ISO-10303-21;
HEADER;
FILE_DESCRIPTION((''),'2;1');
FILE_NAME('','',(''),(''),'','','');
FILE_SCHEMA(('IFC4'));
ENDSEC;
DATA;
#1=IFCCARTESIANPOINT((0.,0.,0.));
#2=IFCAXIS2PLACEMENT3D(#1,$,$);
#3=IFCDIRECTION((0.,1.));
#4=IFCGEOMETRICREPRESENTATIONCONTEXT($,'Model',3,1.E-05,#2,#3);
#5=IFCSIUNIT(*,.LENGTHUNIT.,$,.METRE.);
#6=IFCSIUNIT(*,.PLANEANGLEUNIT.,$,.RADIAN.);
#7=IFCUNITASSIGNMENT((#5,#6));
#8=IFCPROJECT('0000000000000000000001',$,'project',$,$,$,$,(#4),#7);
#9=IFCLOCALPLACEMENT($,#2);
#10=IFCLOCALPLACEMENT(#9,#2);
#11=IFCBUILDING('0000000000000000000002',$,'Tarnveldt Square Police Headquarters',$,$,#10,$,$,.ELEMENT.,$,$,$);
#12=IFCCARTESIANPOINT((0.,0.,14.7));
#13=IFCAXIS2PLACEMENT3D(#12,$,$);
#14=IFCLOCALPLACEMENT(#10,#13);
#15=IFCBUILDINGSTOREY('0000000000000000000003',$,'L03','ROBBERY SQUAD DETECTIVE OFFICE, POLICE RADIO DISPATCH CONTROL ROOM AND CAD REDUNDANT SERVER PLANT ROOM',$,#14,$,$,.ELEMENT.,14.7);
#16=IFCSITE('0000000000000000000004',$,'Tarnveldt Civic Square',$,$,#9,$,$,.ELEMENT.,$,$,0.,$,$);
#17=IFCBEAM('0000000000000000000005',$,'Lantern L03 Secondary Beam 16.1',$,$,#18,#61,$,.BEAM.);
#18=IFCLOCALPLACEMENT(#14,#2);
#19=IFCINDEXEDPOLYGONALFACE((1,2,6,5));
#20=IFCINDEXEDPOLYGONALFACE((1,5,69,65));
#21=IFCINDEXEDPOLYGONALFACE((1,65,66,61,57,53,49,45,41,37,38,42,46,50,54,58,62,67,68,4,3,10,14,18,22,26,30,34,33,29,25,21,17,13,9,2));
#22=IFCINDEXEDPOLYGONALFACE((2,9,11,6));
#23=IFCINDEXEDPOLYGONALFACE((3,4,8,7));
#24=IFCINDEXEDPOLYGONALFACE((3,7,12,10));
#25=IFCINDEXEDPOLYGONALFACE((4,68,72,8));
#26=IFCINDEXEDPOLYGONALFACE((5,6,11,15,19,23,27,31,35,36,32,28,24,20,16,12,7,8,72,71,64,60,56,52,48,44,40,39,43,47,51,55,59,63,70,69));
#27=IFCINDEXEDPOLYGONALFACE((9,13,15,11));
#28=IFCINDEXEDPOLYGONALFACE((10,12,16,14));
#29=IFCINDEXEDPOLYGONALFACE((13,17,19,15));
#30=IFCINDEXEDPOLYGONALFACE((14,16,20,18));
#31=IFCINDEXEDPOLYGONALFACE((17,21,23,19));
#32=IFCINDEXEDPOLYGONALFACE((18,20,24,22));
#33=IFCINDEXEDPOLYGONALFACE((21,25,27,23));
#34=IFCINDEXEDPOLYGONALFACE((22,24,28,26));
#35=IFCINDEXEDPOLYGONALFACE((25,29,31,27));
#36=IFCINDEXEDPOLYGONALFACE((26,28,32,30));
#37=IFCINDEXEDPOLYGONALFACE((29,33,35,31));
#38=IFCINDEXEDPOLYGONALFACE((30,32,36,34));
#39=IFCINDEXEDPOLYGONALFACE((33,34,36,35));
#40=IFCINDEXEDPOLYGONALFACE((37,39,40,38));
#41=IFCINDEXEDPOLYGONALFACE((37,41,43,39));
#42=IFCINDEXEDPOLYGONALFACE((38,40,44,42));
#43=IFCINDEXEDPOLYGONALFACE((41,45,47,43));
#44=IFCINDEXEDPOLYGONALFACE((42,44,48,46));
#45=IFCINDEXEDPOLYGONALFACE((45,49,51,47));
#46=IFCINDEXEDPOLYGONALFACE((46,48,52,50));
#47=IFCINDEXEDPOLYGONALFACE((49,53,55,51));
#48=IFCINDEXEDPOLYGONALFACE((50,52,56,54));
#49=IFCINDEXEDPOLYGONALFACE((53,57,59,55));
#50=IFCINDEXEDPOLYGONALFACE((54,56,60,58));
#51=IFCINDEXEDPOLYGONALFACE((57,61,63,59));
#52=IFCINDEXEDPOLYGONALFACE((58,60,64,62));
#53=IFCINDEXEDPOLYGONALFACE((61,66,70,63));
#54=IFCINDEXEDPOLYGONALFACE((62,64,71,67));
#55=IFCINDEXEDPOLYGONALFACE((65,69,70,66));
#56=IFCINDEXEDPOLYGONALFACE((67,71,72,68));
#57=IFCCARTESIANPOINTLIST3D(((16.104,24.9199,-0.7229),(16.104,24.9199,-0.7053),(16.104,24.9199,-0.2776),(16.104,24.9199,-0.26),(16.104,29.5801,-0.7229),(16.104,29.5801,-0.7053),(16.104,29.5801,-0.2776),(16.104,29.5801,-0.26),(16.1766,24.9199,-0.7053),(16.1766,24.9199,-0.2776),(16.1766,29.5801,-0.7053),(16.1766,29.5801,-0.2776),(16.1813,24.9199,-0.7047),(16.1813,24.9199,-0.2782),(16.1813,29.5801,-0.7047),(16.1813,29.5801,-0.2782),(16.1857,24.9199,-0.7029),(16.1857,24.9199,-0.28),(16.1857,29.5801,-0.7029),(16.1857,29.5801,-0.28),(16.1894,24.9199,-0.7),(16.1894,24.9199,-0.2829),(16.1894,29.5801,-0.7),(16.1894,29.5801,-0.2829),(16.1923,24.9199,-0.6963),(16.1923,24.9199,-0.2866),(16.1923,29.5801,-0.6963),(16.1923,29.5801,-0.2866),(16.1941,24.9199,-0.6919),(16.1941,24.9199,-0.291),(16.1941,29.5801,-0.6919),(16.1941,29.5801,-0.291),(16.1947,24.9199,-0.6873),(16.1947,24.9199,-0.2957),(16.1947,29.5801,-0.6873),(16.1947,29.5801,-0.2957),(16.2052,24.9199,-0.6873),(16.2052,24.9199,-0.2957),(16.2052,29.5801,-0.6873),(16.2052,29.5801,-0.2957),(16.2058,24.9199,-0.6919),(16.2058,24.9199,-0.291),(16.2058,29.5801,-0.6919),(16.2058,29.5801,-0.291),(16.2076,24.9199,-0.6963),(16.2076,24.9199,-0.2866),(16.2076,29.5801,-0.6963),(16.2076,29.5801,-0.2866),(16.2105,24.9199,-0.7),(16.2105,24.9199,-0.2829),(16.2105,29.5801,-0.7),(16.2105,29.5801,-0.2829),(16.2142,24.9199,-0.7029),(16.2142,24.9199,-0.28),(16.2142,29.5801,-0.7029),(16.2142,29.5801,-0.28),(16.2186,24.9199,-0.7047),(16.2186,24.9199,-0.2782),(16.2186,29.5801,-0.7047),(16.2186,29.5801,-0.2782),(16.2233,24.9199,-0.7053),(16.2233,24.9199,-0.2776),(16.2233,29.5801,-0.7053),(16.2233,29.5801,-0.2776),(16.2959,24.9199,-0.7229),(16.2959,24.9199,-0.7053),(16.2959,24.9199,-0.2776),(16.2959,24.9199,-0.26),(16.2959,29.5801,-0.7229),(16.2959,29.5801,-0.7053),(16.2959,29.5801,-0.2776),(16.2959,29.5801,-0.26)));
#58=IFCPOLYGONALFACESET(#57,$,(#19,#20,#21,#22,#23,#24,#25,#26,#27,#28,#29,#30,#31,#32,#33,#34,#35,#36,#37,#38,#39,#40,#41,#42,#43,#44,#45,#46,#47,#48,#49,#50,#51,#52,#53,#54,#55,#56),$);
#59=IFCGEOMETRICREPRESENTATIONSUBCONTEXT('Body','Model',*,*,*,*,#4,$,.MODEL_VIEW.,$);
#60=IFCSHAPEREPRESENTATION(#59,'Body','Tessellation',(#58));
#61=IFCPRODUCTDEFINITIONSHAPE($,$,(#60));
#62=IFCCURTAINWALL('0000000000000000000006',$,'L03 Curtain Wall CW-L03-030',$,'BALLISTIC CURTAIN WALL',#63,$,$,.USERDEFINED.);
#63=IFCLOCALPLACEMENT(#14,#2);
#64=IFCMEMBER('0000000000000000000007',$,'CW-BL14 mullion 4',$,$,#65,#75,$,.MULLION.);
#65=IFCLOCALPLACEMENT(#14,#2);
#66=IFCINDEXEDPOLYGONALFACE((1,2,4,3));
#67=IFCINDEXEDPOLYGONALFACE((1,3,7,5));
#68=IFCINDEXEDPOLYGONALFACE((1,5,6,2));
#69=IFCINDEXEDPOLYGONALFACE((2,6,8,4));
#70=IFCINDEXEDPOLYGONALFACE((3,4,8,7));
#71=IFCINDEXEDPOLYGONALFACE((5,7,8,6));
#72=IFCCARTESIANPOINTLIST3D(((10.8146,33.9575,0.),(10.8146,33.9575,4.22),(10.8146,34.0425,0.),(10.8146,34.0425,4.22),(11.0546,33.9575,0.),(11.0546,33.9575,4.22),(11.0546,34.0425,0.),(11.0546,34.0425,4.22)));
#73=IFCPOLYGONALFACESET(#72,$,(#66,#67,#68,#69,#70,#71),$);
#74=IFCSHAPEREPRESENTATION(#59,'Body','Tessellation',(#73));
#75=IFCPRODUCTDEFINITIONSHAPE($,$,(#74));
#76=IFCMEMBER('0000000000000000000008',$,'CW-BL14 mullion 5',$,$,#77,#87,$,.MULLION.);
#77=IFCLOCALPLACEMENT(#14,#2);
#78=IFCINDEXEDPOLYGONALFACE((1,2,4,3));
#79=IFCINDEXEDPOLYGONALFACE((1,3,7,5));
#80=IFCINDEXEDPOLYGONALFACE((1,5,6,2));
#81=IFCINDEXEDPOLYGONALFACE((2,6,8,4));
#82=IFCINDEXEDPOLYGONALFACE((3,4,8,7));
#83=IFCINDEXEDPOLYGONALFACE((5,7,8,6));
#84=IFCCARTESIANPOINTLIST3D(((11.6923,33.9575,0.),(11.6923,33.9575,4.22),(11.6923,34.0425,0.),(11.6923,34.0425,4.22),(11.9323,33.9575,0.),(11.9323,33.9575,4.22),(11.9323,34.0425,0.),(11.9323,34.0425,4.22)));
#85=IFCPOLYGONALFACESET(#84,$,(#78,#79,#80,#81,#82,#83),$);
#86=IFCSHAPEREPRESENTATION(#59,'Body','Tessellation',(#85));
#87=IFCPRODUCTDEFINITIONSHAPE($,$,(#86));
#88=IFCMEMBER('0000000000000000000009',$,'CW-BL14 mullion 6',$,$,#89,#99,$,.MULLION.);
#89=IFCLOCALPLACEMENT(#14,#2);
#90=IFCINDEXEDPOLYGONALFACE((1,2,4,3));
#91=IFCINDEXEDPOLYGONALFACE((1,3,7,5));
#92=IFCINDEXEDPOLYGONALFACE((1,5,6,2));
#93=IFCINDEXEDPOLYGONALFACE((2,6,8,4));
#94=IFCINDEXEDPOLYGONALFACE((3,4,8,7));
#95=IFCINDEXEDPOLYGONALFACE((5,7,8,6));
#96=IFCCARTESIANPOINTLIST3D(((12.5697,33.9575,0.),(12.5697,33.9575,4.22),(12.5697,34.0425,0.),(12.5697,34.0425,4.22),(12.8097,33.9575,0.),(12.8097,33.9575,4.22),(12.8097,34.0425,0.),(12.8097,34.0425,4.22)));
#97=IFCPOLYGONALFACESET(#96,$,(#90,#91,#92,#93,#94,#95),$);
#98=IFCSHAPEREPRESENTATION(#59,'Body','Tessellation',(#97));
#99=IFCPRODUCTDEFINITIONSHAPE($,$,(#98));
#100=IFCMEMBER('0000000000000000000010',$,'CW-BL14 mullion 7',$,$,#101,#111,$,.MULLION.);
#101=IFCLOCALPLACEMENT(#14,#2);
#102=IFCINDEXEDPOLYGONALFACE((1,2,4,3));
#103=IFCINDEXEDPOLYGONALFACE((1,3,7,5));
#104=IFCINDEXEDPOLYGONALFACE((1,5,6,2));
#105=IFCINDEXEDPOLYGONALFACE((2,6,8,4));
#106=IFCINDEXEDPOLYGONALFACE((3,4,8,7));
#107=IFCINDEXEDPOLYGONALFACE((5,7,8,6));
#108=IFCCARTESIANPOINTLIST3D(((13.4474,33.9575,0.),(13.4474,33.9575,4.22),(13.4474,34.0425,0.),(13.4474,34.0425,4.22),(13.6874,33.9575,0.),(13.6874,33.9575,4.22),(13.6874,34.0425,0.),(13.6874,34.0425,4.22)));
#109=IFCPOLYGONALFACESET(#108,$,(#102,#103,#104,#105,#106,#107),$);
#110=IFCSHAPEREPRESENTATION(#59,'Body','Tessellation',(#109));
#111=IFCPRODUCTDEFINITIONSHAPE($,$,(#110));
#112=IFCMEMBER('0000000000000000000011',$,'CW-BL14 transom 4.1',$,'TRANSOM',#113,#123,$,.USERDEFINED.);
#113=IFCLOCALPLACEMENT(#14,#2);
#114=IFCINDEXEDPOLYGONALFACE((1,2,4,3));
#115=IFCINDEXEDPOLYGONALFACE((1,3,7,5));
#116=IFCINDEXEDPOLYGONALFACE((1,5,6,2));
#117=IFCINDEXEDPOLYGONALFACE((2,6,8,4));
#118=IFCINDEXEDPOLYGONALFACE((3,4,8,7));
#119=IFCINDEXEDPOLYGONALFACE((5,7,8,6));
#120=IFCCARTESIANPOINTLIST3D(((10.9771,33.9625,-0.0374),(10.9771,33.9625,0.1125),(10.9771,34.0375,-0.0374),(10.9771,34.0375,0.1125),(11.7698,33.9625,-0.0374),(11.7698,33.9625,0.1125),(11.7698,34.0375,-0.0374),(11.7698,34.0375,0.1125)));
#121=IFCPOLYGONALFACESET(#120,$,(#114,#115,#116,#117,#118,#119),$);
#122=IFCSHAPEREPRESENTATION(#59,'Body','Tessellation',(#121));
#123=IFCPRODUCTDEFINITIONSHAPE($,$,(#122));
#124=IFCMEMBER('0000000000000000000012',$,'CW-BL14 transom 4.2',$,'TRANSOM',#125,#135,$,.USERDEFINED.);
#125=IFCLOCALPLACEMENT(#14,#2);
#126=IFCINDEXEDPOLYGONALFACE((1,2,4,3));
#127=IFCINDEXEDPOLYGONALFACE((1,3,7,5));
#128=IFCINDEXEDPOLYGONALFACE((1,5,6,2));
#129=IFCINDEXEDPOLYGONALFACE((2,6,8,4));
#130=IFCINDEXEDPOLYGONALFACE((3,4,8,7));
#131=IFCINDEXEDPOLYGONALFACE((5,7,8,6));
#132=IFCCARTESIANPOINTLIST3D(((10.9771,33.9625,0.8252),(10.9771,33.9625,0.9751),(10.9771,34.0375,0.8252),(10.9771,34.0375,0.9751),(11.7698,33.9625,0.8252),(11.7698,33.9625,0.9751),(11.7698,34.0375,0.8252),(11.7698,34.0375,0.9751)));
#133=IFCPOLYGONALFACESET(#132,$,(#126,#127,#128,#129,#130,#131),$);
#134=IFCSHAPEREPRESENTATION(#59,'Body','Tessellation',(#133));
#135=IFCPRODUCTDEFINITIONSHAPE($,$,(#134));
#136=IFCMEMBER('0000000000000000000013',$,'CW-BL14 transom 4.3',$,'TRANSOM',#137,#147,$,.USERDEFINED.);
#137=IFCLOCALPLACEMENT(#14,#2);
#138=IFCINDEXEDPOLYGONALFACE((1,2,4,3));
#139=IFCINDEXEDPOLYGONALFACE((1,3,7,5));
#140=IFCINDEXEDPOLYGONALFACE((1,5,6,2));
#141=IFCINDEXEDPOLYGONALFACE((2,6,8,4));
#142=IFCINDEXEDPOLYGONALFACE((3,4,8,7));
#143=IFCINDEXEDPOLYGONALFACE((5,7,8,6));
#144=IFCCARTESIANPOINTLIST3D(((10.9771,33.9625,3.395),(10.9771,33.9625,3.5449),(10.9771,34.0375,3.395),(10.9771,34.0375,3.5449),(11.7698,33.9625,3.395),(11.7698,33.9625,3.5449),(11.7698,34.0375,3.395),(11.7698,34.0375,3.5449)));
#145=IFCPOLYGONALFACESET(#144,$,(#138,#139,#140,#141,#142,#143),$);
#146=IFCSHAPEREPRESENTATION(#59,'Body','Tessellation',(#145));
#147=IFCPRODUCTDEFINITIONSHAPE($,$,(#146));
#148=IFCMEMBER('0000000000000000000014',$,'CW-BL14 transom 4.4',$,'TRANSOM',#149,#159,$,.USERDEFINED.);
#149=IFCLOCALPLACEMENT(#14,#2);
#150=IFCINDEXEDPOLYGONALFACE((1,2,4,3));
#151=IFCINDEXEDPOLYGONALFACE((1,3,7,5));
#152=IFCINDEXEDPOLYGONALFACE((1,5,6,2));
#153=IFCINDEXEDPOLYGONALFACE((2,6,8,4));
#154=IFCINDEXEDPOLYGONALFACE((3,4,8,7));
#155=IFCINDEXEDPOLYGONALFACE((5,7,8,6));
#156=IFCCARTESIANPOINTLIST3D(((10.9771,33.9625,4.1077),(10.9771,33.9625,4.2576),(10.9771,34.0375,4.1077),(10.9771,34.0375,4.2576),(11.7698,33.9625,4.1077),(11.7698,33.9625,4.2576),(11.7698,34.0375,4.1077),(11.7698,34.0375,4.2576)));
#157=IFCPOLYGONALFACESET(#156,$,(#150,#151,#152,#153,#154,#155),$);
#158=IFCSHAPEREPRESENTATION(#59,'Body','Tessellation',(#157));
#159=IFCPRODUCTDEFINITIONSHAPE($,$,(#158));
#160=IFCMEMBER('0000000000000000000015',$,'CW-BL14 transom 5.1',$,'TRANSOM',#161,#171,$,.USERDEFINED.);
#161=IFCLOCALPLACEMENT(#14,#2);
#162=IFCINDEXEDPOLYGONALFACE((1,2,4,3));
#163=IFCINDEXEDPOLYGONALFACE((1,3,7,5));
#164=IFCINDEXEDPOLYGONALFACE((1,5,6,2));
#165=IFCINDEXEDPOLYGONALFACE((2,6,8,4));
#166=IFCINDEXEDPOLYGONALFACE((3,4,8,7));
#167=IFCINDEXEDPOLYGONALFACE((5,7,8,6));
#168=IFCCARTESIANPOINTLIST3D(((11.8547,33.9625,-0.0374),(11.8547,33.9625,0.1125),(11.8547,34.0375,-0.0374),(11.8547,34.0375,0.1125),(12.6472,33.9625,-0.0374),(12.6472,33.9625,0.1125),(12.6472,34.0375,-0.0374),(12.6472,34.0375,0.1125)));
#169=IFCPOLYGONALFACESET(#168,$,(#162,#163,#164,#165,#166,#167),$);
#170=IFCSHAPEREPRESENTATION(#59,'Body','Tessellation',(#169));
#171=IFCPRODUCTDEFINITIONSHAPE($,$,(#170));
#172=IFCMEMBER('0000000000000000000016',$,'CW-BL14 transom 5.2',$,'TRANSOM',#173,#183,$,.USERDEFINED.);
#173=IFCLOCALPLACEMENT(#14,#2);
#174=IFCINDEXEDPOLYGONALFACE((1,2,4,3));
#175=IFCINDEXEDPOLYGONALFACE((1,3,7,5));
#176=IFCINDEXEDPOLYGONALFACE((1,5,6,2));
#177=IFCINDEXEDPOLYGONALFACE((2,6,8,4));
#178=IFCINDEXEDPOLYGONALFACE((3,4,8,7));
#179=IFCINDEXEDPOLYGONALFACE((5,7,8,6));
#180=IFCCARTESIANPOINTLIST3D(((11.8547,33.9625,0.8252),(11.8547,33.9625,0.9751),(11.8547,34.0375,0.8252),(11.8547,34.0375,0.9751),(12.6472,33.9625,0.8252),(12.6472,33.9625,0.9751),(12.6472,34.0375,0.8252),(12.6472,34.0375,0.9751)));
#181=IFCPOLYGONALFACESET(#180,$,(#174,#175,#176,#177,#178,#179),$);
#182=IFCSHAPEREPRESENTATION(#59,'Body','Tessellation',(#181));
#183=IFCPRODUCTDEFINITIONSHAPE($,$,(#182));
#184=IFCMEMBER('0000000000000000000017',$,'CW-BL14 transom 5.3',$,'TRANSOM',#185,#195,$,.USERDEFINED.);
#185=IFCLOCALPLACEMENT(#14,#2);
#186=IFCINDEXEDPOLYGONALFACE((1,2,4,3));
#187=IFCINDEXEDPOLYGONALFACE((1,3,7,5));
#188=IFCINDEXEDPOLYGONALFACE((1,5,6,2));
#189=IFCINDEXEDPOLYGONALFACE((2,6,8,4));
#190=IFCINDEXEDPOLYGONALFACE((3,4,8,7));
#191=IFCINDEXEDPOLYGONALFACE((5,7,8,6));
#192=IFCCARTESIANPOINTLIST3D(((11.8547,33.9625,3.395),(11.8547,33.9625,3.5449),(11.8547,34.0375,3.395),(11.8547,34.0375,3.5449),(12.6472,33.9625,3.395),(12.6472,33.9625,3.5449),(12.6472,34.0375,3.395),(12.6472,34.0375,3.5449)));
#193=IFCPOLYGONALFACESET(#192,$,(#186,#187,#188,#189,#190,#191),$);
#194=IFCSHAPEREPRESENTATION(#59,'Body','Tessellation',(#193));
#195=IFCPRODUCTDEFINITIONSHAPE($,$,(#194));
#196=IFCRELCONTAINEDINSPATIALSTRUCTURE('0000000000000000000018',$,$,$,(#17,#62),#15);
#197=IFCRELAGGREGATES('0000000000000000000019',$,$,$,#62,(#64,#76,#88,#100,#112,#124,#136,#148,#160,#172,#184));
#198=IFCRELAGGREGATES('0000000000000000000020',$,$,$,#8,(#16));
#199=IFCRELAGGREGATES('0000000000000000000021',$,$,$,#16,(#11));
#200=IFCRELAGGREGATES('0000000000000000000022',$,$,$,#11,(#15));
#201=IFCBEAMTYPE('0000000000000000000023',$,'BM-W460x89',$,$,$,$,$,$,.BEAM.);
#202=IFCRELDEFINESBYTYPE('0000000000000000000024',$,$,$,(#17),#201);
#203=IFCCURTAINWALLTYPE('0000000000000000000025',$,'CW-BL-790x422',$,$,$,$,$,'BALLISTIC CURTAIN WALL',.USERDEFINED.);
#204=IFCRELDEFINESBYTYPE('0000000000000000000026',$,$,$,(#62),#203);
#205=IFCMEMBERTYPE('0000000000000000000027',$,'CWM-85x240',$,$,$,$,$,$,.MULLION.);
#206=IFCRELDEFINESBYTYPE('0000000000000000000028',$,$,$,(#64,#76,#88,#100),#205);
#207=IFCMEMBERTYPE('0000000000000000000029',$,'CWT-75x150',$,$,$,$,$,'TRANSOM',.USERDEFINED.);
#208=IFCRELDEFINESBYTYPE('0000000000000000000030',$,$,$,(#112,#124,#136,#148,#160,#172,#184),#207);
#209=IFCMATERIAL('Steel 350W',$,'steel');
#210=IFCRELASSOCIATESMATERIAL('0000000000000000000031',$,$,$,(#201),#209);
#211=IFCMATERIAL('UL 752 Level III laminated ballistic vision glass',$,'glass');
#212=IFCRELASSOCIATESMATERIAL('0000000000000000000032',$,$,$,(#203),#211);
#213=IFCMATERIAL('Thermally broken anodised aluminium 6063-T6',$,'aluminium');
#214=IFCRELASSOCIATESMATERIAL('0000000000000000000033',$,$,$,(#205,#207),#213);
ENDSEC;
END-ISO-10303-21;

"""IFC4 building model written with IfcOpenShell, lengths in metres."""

from ifc_helpers import new_model, si_unit, direction, frame, origin, origin_2d, place, context, subcontext, project, spatial, rectangle, i_section, extrude, material, material_profile, profile_set, type_object, element, aggregate, save


model = new_model("IFC4")

# Units and contexts
model_context = context("Model", 3, precision=1e-05, world=origin(), true_north=direction((0.0, 1.0)))
body_context = subcontext(model_context, "Body", "Model", "MODEL_VIEW")
ifc_project = project(units=[si_unit("LENGTHUNIT", "METRE"), si_unit("PLANEANGLEUNIT", "RADIAN")], contexts=[model_context])

# Site, building, storey
site_placement = place(None, origin())
site = spatial("IfcSite", under=ifc_project, at=site_placement, Name="Tarnveldt Civic Square", CompositionType="ELEMENT", RefElevation=0.0)
building_placement = place(site_placement, origin())
building = spatial("IfcBuilding", under=site, at=building_placement, Name="Tarnveldt Square Police Headquarters", CompositionType="ELEMENT")
storey_placement = place(building_placement, frame((0.0, 0.0, 14.7)))
storey = spatial("IfcBuildingStorey", under=building, at=storey_placement, Name="L03", Description="ROBBERY SQUAD DETECTIVE OFFICE, POLICE RADIO DISPATCH CONTROL ROOM AND CAD REDUNDANT SERVER PLANT ROOM", CompositionType="ELEMENT", Elevation=14.7)

# Beam
ifc_material_1 = material(Name="Steel 350W", Category="steel")
ifc_material_profile_1 = material_profile(ifc_material_1, i_section(OverallWidth=0.1919, OverallDepth=0.4629, WebThickness=0.0105, FlangeThickness=0.0176, FilletRadius=0.0181, at=origin_2d()), Name="W460x89")
ifc_profile_set_1 = profile_set([ifc_material_profile_1], Name="Steel 350W")
beam_type = type_object("IfcBeamType", Name="BM-W460x89", PredefinedType="BEAM", material=ifc_profile_set_1)
beam_placement = place(storey_placement, frame((16.2, 29.5801, -0.4915), z_axis=(0.0, -1.0, 0.0), x_axis=(1.0, 0.0, 0.0)))
element("IfcBeam", 1, at=beam_placement, inside=storey, type_object=beam_type, Name="Lantern L03 Secondary Beam 16.1", PredefinedType="BEAM", context=body_context, shape_type="SweptSolid", body=[
    extrude(i_section(OverallWidth=0.1919, OverallDepth=0.4629, WebThickness=0.0105, FlangeThickness=0.0176, FilletRadius=0.0181, at=origin_2d()), origin(), (0.0, 0.0, 1.0), 4.6602),
])

# Curtain wall, members
ifc_material_2 = material(Name="UL 752 Level III laminated ballistic vision glass", Category="glass")
curtain_wall_type = type_object("IfcCurtainWallType", Name="CW-BL-790x422", ElementType="BALLISTIC CURTAIN WALL", PredefinedType="USERDEFINED", material=ifc_material_2)
curtain_wall_placement = place(storey_placement, origin())
curtain_wall = element("IfcCurtainWall", 2, at=curtain_wall_placement, inside=storey, type_object=curtain_wall_type, Name="L03 Curtain Wall CW-L03-030", ObjectType="BALLISTIC CURTAIN WALL", PredefinedType="USERDEFINED")
ifc_material_3 = material(Name="Thermally broken anodised aluminium 6063-T6", Category="aluminium")
ifc_material_profile_2 = material_profile(ifc_material_3, rectangle(XDim=0.085, YDim=0.24, at=origin_2d()), Name="CW-M85x240")
ifc_profile_set_2 = profile_set([ifc_material_profile_2], Name="Thermally broken anodised aluminium 6063-T6")
member_type_1 = type_object("IfcMemberType", Name="CWM-85x240", PredefinedType="MULLION", material=ifc_profile_set_2)
member_1_placement = place(storey_placement, frame((10.9346, 34.0, 0.0), z_axis=(0.0, 0.0, 1.0), x_axis=(0.0, 1.0, 0.0)))
member_1 = element("IfcMember", 3, at=member_1_placement, type_object=member_type_1, Name="CW-BL14 mullion 4", PredefinedType="MULLION", context=body_context, shape_type="SweptSolid", body=[
    extrude(rectangle(XDim=0.085, YDim=0.24, at=origin_2d()), origin(), (0.0, 0.0, 1.0), 4.22),
])
member_2_placement = place(storey_placement, frame((11.8123, 34.0, 0.0), z_axis=(0.0, 0.0, 1.0), x_axis=(0.0, 1.0, 0.0)))
member_2 = element("IfcMember", 4, at=member_2_placement, type_object=member_type_1, Name="CW-BL14 mullion 5", PredefinedType="MULLION", context=body_context, shape_type="SweptSolid", body=[
    extrude(rectangle(XDim=0.085, YDim=0.24, at=origin_2d()), origin(), (0.0, 0.0, 1.0), 4.22),
])
member_3_placement = place(storey_placement, frame((12.6897, 34.0, 0.0), z_axis=(0.0, 0.0, 1.0), x_axis=(0.0, 1.0, 0.0)))
member_3 = element("IfcMember", 5, at=member_3_placement, type_object=member_type_1, Name="CW-BL14 mullion 6", PredefinedType="MULLION", context=body_context, shape_type="SweptSolid", body=[
    extrude(rectangle(XDim=0.085, YDim=0.24, at=origin_2d()), origin(), (0.0, 0.0, 1.0), 4.22),
])
member_4_placement = place(storey_placement, frame((13.5674, 34.0, 0.0), z_axis=(0.0, 0.0, 1.0), x_axis=(0.0, 1.0, 0.0)))
member_4 = element("IfcMember", 6, at=member_4_placement, type_object=member_type_1, Name="CW-BL14 mullion 7", PredefinedType="MULLION", context=body_context, shape_type="SweptSolid", body=[
    extrude(rectangle(XDim=0.085, YDim=0.24, at=origin_2d()), origin(), (0.0, 0.0, 1.0), 4.22),
])
ifc_material_profile_3 = material_profile(ifc_material_3, rectangle(XDim=0.075, YDim=0.1499, at=origin_2d()), Name="CW-T75x150")
ifc_profile_set_3 = profile_set([ifc_material_profile_3], Name="Thermally broken anodised aluminium 6063-T6")
member_type_2 = type_object("IfcMemberType", Name="CWT-75x150", ElementType="TRANSOM", PredefinedType="USERDEFINED", material=ifc_profile_set_3)
member_5_placement = place(storey_placement, frame((10.9771, 34.0, 0.0376), z_axis=(1.0, 0.0, 0.0), x_axis=(0.0, 1.0, 0.0)))
member_5 = element("IfcMember", 7, at=member_5_placement, type_object=member_type_2, Name="CW-BL14 transom 4.1", ObjectType="TRANSOM", PredefinedType="USERDEFINED", context=body_context, shape_type="SweptSolid", body=[
    extrude(rectangle(XDim=0.075, YDim=0.1499, at=origin_2d()), origin(), (0.0, 0.0, 1.0), 0.7927),
])
member_6_placement = place(storey_placement, frame((10.9771, 34.0, 0.9001), z_axis=(1.0, 0.0, 0.0), x_axis=(0.0, 1.0, 0.0)))
member_6 = element("IfcMember", 8, at=member_6_placement, type_object=member_type_2, Name="CW-BL14 transom 4.2", ObjectType="TRANSOM", PredefinedType="USERDEFINED", context=body_context, shape_type="SweptSolid", body=[
    extrude(rectangle(XDim=0.075, YDim=0.1499, at=origin_2d()), origin(), (0.0, 0.0, 1.0), 0.7927),
])
member_7_placement = place(storey_placement, frame((10.9771, 34.0, 3.47), z_axis=(1.0, 0.0, 0.0), x_axis=(0.0, 1.0, 0.0)))
member_7 = element("IfcMember", 9, at=member_7_placement, type_object=member_type_2, Name="CW-BL14 transom 4.3", ObjectType="TRANSOM", PredefinedType="USERDEFINED", context=body_context, shape_type="SweptSolid", body=[
    extrude(rectangle(XDim=0.075, YDim=0.1499, at=origin_2d()), origin(), (0.0, 0.0, 1.0), 0.7927),
])
member_8_placement = place(storey_placement, frame((10.9771, 34.0, 4.1826), z_axis=(1.0, 0.0, 0.0), x_axis=(0.0, 1.0, 0.0)))
member_8 = element("IfcMember", 10, at=member_8_placement, type_object=member_type_2, Name="CW-BL14 transom 4.4", ObjectType="TRANSOM", PredefinedType="USERDEFINED", context=body_context, shape_type="SweptSolid", body=[
    extrude(rectangle(XDim=0.075, YDim=0.1499, at=origin_2d()), origin(), (0.0, 0.0, 1.0), 0.7927),
])
member_9_placement = place(storey_placement, frame((11.8547, 34.0, 0.0376), z_axis=(1.0, 0.0, 0.0), x_axis=(0.0, 1.0, 0.0)))
member_9 = element("IfcMember", 11, at=member_9_placement, type_object=member_type_2, Name="CW-BL14 transom 5.1", ObjectType="TRANSOM", PredefinedType="USERDEFINED", context=body_context, shape_type="SweptSolid", body=[
    extrude(rectangle(XDim=0.075, YDim=0.1499, at=origin_2d()), origin(), (0.0, 0.0, 1.0), 0.7925),
])
member_10_placement = place(storey_placement, frame((11.8547, 34.0, 0.9001), z_axis=(1.0, 0.0, 0.0), x_axis=(0.0, 1.0, 0.0)))
member_10 = element("IfcMember", 12, at=member_10_placement, type_object=member_type_2, Name="CW-BL14 transom 5.2", ObjectType="TRANSOM", PredefinedType="USERDEFINED", context=body_context, shape_type="SweptSolid", body=[
    extrude(rectangle(XDim=0.075, YDim=0.1499, at=origin_2d()), origin(), (0.0, 0.0, 1.0), 0.7925),
])
member_11_placement = place(storey_placement, frame((11.8547, 34.0, 3.47), z_axis=(1.0, 0.0, 0.0), x_axis=(0.0, 1.0, 0.0)))
member_11 = element("IfcMember", 13, at=member_11_placement, type_object=member_type_2, Name="CW-BL14 transom 5.3", ObjectType="TRANSOM", PredefinedType="USERDEFINED", context=body_context, shape_type="SweptSolid", body=[
    extrude(rectangle(XDim=0.075, YDim=0.1499, at=origin_2d()), origin(), (0.0, 0.0, 1.0), 0.7925),
])
aggregate(curtain_wall, [member_1, member_2, member_3, member_4, member_5, member_6, member_7, member_8, member_9, member_10, member_11])

save(model, "model.ifc")
